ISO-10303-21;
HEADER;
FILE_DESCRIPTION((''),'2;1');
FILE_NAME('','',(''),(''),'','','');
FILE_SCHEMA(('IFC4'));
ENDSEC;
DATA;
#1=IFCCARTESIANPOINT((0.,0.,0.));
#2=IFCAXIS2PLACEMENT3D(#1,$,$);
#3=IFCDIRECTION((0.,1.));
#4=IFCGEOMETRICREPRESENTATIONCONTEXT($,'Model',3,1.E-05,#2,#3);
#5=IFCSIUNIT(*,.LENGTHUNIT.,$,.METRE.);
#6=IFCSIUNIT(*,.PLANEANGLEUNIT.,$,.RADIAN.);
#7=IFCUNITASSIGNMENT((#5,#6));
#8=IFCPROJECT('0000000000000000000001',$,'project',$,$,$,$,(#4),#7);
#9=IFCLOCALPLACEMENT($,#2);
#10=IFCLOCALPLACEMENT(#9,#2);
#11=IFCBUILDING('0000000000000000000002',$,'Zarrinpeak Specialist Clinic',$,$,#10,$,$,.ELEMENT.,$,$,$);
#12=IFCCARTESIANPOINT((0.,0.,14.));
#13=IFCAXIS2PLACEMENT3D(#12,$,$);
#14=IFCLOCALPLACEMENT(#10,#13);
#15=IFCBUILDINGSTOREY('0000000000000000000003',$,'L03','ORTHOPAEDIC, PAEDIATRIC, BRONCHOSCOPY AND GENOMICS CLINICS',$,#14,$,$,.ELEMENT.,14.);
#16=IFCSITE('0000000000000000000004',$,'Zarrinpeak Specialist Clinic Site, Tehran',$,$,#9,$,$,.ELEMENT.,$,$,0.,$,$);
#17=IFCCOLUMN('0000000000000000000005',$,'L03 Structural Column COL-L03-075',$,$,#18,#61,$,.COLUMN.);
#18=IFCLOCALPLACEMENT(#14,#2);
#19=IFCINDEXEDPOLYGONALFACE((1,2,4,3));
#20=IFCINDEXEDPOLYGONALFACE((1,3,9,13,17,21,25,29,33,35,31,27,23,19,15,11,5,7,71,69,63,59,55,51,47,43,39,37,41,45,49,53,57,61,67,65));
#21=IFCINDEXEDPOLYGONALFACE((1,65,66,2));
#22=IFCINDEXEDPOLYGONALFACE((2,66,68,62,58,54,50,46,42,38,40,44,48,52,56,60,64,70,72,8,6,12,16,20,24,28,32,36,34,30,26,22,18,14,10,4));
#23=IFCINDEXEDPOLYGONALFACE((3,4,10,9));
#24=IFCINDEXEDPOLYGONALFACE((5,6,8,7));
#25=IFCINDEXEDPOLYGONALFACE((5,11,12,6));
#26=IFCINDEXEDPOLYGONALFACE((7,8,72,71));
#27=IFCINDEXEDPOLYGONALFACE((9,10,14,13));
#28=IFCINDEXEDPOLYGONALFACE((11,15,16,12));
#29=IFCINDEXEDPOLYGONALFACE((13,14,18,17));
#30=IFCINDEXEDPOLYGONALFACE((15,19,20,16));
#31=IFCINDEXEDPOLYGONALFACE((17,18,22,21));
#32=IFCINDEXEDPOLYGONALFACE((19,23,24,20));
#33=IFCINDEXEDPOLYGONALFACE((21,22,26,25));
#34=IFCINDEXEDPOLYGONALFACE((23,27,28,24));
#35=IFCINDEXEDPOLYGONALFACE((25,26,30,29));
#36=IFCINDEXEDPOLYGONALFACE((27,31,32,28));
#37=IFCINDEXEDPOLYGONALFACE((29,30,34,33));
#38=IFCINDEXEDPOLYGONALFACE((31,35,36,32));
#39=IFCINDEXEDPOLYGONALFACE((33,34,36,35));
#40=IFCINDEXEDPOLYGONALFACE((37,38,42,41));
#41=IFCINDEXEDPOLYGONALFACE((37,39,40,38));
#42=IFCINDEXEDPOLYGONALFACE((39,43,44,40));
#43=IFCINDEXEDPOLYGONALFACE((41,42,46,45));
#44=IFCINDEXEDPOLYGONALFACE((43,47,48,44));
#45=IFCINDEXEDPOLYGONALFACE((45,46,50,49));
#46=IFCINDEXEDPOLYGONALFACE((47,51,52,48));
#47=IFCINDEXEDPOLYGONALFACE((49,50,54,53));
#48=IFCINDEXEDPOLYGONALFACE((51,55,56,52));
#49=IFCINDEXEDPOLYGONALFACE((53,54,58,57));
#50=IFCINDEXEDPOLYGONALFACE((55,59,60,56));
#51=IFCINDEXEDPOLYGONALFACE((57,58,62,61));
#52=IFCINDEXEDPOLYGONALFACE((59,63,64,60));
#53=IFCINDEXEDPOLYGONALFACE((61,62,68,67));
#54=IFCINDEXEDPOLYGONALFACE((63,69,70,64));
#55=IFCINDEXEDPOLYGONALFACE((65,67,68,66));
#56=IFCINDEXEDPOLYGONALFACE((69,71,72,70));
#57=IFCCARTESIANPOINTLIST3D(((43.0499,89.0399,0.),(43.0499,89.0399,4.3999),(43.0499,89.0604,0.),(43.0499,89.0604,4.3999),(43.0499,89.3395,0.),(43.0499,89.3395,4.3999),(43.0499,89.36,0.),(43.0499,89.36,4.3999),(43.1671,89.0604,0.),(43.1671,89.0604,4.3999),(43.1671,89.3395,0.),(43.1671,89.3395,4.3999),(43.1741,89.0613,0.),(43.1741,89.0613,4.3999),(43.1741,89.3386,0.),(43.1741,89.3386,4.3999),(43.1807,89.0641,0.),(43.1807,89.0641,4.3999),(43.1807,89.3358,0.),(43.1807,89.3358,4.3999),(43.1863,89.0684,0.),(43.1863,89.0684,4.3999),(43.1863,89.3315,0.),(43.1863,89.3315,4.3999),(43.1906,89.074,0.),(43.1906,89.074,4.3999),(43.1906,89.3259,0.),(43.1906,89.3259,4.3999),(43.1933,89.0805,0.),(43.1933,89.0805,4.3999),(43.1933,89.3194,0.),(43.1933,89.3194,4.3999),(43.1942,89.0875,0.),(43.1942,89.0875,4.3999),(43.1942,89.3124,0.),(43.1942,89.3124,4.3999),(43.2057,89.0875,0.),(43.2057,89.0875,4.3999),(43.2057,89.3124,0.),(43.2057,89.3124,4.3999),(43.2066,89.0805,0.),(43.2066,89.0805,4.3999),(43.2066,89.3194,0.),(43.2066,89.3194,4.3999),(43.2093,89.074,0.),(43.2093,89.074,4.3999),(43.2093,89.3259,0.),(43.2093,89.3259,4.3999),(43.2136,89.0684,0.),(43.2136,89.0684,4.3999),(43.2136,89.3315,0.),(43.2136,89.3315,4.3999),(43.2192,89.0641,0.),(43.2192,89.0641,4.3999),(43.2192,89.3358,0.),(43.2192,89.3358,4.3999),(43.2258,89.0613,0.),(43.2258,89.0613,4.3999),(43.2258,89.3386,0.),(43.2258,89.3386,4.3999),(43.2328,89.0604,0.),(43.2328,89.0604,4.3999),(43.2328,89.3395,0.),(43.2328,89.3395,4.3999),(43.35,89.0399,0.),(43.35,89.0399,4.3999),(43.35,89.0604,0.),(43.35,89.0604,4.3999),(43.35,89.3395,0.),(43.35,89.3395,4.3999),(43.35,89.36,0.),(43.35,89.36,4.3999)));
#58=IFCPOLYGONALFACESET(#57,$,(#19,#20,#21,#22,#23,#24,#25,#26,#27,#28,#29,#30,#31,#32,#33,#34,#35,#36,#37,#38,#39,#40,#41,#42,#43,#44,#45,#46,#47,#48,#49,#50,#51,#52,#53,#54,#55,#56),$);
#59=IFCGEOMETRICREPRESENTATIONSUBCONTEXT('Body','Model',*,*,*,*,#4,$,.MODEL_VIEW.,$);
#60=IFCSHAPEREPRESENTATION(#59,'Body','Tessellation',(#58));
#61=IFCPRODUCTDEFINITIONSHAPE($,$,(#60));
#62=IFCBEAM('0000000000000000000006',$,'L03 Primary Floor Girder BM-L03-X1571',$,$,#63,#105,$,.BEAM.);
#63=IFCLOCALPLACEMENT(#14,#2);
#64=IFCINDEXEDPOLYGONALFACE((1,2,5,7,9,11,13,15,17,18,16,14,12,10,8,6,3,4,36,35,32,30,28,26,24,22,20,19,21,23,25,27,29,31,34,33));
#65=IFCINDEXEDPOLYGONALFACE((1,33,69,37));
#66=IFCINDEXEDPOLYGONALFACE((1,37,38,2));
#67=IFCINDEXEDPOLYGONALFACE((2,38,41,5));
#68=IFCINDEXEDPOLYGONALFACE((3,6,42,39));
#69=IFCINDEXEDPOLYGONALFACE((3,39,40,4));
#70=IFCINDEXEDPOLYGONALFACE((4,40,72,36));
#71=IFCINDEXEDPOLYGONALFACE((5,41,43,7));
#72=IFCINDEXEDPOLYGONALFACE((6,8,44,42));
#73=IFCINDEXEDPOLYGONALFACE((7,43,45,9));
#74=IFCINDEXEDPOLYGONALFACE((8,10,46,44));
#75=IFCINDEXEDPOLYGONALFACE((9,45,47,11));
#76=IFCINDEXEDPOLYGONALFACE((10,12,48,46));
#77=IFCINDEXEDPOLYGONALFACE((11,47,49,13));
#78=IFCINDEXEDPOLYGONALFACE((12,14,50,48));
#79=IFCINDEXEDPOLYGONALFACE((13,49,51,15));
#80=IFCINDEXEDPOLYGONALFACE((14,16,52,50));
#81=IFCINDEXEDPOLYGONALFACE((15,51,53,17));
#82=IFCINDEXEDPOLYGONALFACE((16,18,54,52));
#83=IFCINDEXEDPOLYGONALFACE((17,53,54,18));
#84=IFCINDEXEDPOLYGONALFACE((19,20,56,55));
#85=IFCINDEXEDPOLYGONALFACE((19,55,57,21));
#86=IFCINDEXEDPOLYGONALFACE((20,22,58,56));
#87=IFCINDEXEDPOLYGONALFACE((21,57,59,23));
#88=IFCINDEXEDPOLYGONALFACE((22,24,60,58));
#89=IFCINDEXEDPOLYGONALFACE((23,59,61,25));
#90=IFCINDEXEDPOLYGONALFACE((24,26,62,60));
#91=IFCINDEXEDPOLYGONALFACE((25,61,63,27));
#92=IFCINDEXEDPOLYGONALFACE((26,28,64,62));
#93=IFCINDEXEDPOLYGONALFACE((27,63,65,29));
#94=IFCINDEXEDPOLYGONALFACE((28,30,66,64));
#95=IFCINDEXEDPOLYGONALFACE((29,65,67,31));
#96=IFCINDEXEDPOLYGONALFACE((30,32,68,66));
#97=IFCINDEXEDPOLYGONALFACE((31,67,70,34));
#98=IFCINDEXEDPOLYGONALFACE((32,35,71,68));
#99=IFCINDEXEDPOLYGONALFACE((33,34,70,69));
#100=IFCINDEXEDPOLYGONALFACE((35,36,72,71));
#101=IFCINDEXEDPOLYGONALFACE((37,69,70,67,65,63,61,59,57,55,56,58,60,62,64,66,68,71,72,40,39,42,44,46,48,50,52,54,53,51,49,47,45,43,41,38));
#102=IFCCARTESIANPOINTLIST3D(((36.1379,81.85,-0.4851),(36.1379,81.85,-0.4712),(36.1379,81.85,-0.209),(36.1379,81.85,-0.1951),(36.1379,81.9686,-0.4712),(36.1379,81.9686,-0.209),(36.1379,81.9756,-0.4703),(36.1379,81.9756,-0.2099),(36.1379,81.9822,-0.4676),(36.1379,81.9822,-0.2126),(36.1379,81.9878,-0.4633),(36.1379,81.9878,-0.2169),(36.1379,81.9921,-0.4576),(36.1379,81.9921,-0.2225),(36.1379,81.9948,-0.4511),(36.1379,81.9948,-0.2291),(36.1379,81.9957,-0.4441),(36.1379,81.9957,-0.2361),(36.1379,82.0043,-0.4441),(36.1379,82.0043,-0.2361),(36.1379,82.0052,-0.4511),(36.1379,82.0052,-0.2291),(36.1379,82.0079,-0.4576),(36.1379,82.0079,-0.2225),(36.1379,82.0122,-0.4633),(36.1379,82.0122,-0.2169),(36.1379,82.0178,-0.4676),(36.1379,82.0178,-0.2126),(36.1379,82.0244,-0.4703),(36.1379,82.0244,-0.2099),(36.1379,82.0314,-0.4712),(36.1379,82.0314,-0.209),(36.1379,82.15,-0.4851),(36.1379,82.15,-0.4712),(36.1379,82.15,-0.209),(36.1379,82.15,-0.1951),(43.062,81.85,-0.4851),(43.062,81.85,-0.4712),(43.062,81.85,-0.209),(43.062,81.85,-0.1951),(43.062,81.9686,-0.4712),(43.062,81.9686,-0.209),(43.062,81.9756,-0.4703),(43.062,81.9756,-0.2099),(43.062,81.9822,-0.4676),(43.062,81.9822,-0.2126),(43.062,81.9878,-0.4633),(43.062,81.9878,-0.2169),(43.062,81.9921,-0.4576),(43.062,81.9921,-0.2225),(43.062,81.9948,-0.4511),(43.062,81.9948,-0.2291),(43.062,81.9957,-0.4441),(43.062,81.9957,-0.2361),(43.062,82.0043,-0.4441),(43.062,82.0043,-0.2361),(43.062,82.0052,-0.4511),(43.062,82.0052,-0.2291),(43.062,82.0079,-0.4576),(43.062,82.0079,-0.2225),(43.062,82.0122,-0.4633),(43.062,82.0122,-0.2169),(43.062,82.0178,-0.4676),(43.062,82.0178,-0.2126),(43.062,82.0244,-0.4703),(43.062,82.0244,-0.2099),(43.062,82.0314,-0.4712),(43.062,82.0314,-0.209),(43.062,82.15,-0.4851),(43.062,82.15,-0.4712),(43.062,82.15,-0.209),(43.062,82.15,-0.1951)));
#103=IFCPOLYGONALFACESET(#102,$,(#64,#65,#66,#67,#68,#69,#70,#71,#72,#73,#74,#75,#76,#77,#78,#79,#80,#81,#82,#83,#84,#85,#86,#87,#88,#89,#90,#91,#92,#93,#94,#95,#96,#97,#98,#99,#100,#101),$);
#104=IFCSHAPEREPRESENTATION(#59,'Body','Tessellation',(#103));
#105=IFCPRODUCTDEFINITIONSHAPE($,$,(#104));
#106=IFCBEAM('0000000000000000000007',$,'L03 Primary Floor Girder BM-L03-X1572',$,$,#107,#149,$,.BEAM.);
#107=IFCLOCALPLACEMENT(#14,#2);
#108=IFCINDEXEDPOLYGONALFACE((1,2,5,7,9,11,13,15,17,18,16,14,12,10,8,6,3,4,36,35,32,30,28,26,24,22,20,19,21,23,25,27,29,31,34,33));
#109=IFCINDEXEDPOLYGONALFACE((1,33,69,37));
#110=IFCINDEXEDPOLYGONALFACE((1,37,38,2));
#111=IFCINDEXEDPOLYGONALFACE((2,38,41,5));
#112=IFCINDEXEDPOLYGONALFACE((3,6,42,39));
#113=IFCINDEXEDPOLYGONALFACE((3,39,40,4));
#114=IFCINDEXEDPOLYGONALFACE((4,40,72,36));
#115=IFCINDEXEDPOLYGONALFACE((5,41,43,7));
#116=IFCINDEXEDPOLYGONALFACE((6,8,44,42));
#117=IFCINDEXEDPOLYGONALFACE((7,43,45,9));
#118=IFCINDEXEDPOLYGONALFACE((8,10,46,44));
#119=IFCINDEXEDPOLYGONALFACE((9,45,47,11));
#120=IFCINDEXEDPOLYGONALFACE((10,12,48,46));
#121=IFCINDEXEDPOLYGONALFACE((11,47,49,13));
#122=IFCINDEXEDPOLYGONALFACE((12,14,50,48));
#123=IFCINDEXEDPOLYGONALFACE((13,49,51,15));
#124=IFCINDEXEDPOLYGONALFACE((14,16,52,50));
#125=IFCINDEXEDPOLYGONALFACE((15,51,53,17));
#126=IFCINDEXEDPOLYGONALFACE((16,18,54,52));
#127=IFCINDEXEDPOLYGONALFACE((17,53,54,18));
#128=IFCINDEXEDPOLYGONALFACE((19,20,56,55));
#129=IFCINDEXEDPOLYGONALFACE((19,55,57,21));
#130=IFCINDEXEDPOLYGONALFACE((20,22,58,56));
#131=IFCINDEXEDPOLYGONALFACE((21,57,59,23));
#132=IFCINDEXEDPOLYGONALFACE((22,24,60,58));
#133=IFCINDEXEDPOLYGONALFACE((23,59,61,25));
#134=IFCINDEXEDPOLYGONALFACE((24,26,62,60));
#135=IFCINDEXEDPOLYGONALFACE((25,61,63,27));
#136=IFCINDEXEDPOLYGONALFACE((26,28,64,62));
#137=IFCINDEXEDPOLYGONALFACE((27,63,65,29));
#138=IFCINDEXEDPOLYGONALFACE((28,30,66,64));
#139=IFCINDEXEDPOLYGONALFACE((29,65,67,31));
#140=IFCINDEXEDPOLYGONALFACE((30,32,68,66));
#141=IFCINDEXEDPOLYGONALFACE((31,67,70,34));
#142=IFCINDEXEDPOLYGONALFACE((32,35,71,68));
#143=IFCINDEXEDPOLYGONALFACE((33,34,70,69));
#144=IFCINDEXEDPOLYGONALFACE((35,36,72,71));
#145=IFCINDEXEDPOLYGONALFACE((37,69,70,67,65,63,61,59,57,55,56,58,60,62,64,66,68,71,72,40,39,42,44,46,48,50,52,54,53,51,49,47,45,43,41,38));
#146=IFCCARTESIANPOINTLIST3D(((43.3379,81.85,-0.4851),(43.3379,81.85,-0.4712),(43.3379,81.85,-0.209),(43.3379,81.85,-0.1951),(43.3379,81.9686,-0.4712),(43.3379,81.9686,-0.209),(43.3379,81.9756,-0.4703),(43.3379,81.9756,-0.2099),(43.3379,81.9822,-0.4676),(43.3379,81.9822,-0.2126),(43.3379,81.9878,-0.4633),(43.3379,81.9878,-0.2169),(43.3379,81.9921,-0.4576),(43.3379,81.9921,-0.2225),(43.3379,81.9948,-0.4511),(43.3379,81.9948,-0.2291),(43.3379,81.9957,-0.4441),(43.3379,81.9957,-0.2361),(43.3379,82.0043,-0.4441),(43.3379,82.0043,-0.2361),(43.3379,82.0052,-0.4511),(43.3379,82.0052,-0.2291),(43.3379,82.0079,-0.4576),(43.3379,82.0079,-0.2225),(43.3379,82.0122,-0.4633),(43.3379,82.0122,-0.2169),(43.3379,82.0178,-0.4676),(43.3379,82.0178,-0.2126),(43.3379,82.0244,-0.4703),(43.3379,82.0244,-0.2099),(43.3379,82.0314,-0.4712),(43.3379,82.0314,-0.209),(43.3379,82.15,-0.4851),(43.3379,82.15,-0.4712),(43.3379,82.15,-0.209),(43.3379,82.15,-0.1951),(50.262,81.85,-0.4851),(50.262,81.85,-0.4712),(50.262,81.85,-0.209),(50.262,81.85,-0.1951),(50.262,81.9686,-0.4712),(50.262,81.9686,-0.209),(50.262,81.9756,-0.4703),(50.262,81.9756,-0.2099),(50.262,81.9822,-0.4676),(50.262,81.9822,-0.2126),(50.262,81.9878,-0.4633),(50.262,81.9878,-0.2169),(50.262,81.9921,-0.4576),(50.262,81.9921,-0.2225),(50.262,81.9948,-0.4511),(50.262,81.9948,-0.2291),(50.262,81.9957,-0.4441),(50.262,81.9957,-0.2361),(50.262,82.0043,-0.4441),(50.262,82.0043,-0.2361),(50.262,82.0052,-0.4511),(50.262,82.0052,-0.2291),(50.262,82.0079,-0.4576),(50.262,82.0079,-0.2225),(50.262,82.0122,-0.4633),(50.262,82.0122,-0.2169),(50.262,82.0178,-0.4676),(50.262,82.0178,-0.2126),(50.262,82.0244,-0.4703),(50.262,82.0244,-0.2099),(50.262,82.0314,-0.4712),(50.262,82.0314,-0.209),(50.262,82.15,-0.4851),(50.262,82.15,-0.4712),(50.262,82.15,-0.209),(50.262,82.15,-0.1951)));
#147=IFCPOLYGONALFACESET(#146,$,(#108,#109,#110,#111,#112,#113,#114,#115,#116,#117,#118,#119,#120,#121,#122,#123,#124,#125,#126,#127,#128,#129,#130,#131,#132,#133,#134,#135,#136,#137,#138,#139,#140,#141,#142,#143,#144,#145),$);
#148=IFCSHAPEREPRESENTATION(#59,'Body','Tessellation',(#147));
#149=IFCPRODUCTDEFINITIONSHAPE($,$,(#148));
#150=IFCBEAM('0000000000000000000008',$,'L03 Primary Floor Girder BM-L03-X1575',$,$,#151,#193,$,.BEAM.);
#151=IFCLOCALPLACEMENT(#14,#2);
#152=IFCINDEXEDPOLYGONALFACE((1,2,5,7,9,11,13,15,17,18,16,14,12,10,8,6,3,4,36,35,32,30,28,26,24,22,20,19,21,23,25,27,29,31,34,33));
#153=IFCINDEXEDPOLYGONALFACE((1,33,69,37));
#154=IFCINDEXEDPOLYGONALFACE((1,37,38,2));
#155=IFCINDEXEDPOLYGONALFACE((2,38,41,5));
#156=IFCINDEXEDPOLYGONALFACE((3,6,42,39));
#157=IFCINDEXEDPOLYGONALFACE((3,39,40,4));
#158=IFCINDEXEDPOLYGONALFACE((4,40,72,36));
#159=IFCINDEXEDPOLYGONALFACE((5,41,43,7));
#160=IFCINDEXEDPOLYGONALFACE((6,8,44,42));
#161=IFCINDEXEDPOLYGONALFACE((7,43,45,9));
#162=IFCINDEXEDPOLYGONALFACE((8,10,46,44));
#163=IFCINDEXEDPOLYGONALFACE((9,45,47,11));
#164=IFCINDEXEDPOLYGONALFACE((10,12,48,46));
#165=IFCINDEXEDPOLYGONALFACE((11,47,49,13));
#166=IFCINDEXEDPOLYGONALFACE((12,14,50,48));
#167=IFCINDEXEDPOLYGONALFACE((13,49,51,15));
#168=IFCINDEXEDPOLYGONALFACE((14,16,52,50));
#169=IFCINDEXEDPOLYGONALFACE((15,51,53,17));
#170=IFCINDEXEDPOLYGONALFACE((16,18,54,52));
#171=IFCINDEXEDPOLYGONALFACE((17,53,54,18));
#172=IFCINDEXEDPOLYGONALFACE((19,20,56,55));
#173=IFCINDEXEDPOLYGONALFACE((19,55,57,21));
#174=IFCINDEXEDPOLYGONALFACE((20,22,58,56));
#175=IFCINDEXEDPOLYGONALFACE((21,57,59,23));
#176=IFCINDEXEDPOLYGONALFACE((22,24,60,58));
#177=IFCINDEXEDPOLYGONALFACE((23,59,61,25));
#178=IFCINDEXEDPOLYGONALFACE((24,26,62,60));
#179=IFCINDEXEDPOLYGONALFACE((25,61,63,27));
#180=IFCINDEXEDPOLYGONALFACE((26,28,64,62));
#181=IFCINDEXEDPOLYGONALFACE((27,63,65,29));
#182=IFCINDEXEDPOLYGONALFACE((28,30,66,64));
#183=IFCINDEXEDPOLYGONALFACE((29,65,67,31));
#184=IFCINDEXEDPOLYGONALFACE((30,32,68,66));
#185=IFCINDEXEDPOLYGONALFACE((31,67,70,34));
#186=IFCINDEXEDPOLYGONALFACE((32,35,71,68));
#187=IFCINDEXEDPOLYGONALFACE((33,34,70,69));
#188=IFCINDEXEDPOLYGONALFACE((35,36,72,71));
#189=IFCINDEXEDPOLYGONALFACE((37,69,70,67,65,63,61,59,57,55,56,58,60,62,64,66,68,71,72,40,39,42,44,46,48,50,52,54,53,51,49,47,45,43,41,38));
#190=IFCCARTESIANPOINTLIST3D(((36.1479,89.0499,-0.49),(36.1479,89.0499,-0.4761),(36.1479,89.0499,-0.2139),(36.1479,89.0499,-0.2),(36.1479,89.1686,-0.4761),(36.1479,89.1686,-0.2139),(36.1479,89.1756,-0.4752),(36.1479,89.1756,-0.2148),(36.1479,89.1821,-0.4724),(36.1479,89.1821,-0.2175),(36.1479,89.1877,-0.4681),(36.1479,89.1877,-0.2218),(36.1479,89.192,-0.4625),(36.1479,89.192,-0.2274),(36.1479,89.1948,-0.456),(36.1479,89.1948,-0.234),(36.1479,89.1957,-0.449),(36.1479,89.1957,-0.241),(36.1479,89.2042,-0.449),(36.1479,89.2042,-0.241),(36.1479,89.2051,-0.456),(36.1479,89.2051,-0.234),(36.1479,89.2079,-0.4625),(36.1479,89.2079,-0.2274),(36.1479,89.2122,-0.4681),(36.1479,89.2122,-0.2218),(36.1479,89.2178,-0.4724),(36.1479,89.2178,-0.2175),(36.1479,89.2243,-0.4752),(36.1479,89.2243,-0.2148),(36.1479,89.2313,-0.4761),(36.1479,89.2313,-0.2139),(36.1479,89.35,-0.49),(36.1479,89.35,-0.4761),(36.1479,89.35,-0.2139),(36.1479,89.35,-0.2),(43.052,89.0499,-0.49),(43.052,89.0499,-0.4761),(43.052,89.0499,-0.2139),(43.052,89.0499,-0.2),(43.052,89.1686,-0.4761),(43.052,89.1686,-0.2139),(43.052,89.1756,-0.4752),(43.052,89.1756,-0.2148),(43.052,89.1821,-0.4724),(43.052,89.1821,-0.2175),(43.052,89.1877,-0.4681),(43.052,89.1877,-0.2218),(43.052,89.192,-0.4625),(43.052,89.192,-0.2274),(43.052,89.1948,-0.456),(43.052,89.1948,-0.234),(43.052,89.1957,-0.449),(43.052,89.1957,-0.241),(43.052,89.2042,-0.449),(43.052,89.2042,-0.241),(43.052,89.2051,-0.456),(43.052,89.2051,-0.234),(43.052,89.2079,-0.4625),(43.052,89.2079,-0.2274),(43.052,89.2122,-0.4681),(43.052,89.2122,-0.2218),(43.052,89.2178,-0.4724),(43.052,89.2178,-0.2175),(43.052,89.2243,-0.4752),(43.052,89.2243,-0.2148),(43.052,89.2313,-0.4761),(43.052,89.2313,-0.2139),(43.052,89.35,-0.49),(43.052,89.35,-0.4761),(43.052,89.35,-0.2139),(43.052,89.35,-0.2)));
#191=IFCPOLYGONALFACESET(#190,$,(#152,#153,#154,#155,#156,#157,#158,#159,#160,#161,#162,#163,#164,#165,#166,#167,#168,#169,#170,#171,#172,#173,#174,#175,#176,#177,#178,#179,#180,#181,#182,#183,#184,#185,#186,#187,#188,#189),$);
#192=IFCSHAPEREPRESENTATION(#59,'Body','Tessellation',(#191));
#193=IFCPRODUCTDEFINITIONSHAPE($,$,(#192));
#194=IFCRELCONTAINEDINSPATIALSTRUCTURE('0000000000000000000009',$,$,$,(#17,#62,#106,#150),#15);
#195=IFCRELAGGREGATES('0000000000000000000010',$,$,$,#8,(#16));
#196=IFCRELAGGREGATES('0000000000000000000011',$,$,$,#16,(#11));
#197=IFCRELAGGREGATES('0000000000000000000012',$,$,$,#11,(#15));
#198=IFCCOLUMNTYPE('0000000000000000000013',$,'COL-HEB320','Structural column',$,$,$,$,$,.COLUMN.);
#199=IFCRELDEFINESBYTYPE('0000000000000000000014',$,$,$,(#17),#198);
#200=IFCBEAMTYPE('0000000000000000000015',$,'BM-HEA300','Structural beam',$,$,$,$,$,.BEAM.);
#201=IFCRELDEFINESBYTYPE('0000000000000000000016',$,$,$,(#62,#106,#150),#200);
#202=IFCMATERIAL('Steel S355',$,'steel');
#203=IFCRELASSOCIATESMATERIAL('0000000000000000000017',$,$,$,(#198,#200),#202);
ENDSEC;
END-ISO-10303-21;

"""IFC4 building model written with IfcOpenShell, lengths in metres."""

from ifc_helpers import new_model, si_unit, direction, frame, origin, origin_2d, place, context, subcontext, project, spatial, i_section, extrude, material, material_profile, profile_set, type_object, element, save


model = new_model("IFC4")

# Units and contexts
model_context = context("Model", 3, precision=1e-05, world=origin(), true_north=direction((0.0, 1.0)))
body_context = subcontext(model_context, "Body", "Model", "MODEL_VIEW")
ifc_project = project(units=[si_unit("LENGTHUNIT", "METRE"), si_unit("PLANEANGLEUNIT", "RADIAN")], contexts=[model_context])

# Site, building, storey
site_placement = place(None, origin())
site = spatial("IfcSite", under=ifc_project, at=site_placement, Name="Zarrinpeak Specialist Clinic Site, Tehran", CompositionType="ELEMENT", RefElevation=0.0)
building_placement = place(site_placement, origin())
building = spatial("IfcBuilding", under=site, at=building_placement, Name="Zarrinpeak Specialist Clinic", CompositionType="ELEMENT")
storey_placement = place(building_placement, frame((0.0, 0.0, 14.0)))
storey = spatial("IfcBuildingStorey", under=building, at=storey_placement, Name="L03", Description="ORTHOPAEDIC, PAEDIATRIC, BRONCHOSCOPY AND GENOMICS CLINICS", CompositionType="ELEMENT", Elevation=14.0)

# Column
ifc_material_1 = material(Name="Steel S355", Category="steel")
ifc_material_profile_1 = material_profile(ifc_material_1, i_section(OverallWidth=0.3, OverallDepth=0.3201, WebThickness=0.0115, FlangeThickness=0.0205, FilletRadius=0.0271, at=origin_2d()), Name="HEB 320")
ifc_profile_set_1 = profile_set([ifc_material_profile_1], Name="Steel S355")
column_type = type_object("IfcColumnType", Name="COL-HEB320", Description="Structural column", PredefinedType="COLUMN", material=ifc_profile_set_1)
column_placement = place(storey_placement, frame((43.2, 89.2, 0.0), z_axis=(0.0, 0.0, 1.0), x_axis=(1.0, 0.0, 0.0)))
element("IfcColumn", 1, at=column_placement, inside=storey, type_object=column_type, Name="L03 Structural Column COL-L03-075", PredefinedType="COLUMN", context=body_context, shape_type="SweptSolid", body=[
    extrude(i_section(OverallWidth=0.3, OverallDepth=0.3201, WebThickness=0.0115, FlangeThickness=0.0205, FilletRadius=0.0271, at=origin_2d()), origin(), (0.0, 0.0, 1.0), 4.3999),
])

# Beams
ifc_material_profile_2 = material_profile(ifc_material_1, i_section(OverallWidth=0.3, OverallDepth=0.29, WebThickness=0.0085, FlangeThickness=0.0139, FilletRadius=0.0271, at=origin_2d()), Name="HEA 300")
ifc_profile_set_2 = profile_set([ifc_material_profile_2], Name="Steel S355")
beam_type = type_object("IfcBeamType", Name="BM-HEA300", Description="Structural beam", PredefinedType="BEAM", material=ifc_profile_set_2)
for number, where, z_axis, x_axis, name in (
    (2, (36.1379, 82.0, -0.3401), (1.0, 0.0, 0.0), (0.0, 1.0, 0.0), "L03 Primary Floor Girder BM-L03-X1571"),
    (3, (43.3379, 82.0, -0.3401), (1.0, 0.0, 0.0), (0.0, 1.0, 0.0), "L03 Primary Floor Girder BM-L03-X1572"),
):
    element("IfcBeam", number, at=place(storey_placement, frame(where, z_axis=z_axis, x_axis=x_axis)), inside=storey, type_object=beam_type, Name=name, PredefinedType="BEAM", context=body_context, shape_type="SweptSolid", body=[
        extrude(i_section(OverallWidth=0.3, OverallDepth=0.29, WebThickness=0.0085, FlangeThickness=0.0139, FilletRadius=0.0271, at=origin_2d()), origin(), (0.0, 0.0, 1.0), 6.9241),
    ])
for number, where, z_axis, x_axis, name in (
    (4, (36.1479, 89.2, -0.345), (1.0, 0.0, 0.0), (0.0, 1.0, 0.0), "L03 Primary Floor Girder BM-L03-X1575"),
):
    element("IfcBeam", number, at=place(storey_placement, frame(where, z_axis=z_axis, x_axis=x_axis)), inside=storey, type_object=beam_type, Name=name, PredefinedType="BEAM", context=body_context, shape_type="SweptSolid", body=[
        extrude(i_section(OverallWidth=0.3, OverallDepth=0.29, WebThickness=0.0085, FlangeThickness=0.0139, FilletRadius=0.0271, at=origin_2d()), origin(), (0.0, 0.0, 1.0), 6.9041),
    ])

save(model, "model.ifc")
